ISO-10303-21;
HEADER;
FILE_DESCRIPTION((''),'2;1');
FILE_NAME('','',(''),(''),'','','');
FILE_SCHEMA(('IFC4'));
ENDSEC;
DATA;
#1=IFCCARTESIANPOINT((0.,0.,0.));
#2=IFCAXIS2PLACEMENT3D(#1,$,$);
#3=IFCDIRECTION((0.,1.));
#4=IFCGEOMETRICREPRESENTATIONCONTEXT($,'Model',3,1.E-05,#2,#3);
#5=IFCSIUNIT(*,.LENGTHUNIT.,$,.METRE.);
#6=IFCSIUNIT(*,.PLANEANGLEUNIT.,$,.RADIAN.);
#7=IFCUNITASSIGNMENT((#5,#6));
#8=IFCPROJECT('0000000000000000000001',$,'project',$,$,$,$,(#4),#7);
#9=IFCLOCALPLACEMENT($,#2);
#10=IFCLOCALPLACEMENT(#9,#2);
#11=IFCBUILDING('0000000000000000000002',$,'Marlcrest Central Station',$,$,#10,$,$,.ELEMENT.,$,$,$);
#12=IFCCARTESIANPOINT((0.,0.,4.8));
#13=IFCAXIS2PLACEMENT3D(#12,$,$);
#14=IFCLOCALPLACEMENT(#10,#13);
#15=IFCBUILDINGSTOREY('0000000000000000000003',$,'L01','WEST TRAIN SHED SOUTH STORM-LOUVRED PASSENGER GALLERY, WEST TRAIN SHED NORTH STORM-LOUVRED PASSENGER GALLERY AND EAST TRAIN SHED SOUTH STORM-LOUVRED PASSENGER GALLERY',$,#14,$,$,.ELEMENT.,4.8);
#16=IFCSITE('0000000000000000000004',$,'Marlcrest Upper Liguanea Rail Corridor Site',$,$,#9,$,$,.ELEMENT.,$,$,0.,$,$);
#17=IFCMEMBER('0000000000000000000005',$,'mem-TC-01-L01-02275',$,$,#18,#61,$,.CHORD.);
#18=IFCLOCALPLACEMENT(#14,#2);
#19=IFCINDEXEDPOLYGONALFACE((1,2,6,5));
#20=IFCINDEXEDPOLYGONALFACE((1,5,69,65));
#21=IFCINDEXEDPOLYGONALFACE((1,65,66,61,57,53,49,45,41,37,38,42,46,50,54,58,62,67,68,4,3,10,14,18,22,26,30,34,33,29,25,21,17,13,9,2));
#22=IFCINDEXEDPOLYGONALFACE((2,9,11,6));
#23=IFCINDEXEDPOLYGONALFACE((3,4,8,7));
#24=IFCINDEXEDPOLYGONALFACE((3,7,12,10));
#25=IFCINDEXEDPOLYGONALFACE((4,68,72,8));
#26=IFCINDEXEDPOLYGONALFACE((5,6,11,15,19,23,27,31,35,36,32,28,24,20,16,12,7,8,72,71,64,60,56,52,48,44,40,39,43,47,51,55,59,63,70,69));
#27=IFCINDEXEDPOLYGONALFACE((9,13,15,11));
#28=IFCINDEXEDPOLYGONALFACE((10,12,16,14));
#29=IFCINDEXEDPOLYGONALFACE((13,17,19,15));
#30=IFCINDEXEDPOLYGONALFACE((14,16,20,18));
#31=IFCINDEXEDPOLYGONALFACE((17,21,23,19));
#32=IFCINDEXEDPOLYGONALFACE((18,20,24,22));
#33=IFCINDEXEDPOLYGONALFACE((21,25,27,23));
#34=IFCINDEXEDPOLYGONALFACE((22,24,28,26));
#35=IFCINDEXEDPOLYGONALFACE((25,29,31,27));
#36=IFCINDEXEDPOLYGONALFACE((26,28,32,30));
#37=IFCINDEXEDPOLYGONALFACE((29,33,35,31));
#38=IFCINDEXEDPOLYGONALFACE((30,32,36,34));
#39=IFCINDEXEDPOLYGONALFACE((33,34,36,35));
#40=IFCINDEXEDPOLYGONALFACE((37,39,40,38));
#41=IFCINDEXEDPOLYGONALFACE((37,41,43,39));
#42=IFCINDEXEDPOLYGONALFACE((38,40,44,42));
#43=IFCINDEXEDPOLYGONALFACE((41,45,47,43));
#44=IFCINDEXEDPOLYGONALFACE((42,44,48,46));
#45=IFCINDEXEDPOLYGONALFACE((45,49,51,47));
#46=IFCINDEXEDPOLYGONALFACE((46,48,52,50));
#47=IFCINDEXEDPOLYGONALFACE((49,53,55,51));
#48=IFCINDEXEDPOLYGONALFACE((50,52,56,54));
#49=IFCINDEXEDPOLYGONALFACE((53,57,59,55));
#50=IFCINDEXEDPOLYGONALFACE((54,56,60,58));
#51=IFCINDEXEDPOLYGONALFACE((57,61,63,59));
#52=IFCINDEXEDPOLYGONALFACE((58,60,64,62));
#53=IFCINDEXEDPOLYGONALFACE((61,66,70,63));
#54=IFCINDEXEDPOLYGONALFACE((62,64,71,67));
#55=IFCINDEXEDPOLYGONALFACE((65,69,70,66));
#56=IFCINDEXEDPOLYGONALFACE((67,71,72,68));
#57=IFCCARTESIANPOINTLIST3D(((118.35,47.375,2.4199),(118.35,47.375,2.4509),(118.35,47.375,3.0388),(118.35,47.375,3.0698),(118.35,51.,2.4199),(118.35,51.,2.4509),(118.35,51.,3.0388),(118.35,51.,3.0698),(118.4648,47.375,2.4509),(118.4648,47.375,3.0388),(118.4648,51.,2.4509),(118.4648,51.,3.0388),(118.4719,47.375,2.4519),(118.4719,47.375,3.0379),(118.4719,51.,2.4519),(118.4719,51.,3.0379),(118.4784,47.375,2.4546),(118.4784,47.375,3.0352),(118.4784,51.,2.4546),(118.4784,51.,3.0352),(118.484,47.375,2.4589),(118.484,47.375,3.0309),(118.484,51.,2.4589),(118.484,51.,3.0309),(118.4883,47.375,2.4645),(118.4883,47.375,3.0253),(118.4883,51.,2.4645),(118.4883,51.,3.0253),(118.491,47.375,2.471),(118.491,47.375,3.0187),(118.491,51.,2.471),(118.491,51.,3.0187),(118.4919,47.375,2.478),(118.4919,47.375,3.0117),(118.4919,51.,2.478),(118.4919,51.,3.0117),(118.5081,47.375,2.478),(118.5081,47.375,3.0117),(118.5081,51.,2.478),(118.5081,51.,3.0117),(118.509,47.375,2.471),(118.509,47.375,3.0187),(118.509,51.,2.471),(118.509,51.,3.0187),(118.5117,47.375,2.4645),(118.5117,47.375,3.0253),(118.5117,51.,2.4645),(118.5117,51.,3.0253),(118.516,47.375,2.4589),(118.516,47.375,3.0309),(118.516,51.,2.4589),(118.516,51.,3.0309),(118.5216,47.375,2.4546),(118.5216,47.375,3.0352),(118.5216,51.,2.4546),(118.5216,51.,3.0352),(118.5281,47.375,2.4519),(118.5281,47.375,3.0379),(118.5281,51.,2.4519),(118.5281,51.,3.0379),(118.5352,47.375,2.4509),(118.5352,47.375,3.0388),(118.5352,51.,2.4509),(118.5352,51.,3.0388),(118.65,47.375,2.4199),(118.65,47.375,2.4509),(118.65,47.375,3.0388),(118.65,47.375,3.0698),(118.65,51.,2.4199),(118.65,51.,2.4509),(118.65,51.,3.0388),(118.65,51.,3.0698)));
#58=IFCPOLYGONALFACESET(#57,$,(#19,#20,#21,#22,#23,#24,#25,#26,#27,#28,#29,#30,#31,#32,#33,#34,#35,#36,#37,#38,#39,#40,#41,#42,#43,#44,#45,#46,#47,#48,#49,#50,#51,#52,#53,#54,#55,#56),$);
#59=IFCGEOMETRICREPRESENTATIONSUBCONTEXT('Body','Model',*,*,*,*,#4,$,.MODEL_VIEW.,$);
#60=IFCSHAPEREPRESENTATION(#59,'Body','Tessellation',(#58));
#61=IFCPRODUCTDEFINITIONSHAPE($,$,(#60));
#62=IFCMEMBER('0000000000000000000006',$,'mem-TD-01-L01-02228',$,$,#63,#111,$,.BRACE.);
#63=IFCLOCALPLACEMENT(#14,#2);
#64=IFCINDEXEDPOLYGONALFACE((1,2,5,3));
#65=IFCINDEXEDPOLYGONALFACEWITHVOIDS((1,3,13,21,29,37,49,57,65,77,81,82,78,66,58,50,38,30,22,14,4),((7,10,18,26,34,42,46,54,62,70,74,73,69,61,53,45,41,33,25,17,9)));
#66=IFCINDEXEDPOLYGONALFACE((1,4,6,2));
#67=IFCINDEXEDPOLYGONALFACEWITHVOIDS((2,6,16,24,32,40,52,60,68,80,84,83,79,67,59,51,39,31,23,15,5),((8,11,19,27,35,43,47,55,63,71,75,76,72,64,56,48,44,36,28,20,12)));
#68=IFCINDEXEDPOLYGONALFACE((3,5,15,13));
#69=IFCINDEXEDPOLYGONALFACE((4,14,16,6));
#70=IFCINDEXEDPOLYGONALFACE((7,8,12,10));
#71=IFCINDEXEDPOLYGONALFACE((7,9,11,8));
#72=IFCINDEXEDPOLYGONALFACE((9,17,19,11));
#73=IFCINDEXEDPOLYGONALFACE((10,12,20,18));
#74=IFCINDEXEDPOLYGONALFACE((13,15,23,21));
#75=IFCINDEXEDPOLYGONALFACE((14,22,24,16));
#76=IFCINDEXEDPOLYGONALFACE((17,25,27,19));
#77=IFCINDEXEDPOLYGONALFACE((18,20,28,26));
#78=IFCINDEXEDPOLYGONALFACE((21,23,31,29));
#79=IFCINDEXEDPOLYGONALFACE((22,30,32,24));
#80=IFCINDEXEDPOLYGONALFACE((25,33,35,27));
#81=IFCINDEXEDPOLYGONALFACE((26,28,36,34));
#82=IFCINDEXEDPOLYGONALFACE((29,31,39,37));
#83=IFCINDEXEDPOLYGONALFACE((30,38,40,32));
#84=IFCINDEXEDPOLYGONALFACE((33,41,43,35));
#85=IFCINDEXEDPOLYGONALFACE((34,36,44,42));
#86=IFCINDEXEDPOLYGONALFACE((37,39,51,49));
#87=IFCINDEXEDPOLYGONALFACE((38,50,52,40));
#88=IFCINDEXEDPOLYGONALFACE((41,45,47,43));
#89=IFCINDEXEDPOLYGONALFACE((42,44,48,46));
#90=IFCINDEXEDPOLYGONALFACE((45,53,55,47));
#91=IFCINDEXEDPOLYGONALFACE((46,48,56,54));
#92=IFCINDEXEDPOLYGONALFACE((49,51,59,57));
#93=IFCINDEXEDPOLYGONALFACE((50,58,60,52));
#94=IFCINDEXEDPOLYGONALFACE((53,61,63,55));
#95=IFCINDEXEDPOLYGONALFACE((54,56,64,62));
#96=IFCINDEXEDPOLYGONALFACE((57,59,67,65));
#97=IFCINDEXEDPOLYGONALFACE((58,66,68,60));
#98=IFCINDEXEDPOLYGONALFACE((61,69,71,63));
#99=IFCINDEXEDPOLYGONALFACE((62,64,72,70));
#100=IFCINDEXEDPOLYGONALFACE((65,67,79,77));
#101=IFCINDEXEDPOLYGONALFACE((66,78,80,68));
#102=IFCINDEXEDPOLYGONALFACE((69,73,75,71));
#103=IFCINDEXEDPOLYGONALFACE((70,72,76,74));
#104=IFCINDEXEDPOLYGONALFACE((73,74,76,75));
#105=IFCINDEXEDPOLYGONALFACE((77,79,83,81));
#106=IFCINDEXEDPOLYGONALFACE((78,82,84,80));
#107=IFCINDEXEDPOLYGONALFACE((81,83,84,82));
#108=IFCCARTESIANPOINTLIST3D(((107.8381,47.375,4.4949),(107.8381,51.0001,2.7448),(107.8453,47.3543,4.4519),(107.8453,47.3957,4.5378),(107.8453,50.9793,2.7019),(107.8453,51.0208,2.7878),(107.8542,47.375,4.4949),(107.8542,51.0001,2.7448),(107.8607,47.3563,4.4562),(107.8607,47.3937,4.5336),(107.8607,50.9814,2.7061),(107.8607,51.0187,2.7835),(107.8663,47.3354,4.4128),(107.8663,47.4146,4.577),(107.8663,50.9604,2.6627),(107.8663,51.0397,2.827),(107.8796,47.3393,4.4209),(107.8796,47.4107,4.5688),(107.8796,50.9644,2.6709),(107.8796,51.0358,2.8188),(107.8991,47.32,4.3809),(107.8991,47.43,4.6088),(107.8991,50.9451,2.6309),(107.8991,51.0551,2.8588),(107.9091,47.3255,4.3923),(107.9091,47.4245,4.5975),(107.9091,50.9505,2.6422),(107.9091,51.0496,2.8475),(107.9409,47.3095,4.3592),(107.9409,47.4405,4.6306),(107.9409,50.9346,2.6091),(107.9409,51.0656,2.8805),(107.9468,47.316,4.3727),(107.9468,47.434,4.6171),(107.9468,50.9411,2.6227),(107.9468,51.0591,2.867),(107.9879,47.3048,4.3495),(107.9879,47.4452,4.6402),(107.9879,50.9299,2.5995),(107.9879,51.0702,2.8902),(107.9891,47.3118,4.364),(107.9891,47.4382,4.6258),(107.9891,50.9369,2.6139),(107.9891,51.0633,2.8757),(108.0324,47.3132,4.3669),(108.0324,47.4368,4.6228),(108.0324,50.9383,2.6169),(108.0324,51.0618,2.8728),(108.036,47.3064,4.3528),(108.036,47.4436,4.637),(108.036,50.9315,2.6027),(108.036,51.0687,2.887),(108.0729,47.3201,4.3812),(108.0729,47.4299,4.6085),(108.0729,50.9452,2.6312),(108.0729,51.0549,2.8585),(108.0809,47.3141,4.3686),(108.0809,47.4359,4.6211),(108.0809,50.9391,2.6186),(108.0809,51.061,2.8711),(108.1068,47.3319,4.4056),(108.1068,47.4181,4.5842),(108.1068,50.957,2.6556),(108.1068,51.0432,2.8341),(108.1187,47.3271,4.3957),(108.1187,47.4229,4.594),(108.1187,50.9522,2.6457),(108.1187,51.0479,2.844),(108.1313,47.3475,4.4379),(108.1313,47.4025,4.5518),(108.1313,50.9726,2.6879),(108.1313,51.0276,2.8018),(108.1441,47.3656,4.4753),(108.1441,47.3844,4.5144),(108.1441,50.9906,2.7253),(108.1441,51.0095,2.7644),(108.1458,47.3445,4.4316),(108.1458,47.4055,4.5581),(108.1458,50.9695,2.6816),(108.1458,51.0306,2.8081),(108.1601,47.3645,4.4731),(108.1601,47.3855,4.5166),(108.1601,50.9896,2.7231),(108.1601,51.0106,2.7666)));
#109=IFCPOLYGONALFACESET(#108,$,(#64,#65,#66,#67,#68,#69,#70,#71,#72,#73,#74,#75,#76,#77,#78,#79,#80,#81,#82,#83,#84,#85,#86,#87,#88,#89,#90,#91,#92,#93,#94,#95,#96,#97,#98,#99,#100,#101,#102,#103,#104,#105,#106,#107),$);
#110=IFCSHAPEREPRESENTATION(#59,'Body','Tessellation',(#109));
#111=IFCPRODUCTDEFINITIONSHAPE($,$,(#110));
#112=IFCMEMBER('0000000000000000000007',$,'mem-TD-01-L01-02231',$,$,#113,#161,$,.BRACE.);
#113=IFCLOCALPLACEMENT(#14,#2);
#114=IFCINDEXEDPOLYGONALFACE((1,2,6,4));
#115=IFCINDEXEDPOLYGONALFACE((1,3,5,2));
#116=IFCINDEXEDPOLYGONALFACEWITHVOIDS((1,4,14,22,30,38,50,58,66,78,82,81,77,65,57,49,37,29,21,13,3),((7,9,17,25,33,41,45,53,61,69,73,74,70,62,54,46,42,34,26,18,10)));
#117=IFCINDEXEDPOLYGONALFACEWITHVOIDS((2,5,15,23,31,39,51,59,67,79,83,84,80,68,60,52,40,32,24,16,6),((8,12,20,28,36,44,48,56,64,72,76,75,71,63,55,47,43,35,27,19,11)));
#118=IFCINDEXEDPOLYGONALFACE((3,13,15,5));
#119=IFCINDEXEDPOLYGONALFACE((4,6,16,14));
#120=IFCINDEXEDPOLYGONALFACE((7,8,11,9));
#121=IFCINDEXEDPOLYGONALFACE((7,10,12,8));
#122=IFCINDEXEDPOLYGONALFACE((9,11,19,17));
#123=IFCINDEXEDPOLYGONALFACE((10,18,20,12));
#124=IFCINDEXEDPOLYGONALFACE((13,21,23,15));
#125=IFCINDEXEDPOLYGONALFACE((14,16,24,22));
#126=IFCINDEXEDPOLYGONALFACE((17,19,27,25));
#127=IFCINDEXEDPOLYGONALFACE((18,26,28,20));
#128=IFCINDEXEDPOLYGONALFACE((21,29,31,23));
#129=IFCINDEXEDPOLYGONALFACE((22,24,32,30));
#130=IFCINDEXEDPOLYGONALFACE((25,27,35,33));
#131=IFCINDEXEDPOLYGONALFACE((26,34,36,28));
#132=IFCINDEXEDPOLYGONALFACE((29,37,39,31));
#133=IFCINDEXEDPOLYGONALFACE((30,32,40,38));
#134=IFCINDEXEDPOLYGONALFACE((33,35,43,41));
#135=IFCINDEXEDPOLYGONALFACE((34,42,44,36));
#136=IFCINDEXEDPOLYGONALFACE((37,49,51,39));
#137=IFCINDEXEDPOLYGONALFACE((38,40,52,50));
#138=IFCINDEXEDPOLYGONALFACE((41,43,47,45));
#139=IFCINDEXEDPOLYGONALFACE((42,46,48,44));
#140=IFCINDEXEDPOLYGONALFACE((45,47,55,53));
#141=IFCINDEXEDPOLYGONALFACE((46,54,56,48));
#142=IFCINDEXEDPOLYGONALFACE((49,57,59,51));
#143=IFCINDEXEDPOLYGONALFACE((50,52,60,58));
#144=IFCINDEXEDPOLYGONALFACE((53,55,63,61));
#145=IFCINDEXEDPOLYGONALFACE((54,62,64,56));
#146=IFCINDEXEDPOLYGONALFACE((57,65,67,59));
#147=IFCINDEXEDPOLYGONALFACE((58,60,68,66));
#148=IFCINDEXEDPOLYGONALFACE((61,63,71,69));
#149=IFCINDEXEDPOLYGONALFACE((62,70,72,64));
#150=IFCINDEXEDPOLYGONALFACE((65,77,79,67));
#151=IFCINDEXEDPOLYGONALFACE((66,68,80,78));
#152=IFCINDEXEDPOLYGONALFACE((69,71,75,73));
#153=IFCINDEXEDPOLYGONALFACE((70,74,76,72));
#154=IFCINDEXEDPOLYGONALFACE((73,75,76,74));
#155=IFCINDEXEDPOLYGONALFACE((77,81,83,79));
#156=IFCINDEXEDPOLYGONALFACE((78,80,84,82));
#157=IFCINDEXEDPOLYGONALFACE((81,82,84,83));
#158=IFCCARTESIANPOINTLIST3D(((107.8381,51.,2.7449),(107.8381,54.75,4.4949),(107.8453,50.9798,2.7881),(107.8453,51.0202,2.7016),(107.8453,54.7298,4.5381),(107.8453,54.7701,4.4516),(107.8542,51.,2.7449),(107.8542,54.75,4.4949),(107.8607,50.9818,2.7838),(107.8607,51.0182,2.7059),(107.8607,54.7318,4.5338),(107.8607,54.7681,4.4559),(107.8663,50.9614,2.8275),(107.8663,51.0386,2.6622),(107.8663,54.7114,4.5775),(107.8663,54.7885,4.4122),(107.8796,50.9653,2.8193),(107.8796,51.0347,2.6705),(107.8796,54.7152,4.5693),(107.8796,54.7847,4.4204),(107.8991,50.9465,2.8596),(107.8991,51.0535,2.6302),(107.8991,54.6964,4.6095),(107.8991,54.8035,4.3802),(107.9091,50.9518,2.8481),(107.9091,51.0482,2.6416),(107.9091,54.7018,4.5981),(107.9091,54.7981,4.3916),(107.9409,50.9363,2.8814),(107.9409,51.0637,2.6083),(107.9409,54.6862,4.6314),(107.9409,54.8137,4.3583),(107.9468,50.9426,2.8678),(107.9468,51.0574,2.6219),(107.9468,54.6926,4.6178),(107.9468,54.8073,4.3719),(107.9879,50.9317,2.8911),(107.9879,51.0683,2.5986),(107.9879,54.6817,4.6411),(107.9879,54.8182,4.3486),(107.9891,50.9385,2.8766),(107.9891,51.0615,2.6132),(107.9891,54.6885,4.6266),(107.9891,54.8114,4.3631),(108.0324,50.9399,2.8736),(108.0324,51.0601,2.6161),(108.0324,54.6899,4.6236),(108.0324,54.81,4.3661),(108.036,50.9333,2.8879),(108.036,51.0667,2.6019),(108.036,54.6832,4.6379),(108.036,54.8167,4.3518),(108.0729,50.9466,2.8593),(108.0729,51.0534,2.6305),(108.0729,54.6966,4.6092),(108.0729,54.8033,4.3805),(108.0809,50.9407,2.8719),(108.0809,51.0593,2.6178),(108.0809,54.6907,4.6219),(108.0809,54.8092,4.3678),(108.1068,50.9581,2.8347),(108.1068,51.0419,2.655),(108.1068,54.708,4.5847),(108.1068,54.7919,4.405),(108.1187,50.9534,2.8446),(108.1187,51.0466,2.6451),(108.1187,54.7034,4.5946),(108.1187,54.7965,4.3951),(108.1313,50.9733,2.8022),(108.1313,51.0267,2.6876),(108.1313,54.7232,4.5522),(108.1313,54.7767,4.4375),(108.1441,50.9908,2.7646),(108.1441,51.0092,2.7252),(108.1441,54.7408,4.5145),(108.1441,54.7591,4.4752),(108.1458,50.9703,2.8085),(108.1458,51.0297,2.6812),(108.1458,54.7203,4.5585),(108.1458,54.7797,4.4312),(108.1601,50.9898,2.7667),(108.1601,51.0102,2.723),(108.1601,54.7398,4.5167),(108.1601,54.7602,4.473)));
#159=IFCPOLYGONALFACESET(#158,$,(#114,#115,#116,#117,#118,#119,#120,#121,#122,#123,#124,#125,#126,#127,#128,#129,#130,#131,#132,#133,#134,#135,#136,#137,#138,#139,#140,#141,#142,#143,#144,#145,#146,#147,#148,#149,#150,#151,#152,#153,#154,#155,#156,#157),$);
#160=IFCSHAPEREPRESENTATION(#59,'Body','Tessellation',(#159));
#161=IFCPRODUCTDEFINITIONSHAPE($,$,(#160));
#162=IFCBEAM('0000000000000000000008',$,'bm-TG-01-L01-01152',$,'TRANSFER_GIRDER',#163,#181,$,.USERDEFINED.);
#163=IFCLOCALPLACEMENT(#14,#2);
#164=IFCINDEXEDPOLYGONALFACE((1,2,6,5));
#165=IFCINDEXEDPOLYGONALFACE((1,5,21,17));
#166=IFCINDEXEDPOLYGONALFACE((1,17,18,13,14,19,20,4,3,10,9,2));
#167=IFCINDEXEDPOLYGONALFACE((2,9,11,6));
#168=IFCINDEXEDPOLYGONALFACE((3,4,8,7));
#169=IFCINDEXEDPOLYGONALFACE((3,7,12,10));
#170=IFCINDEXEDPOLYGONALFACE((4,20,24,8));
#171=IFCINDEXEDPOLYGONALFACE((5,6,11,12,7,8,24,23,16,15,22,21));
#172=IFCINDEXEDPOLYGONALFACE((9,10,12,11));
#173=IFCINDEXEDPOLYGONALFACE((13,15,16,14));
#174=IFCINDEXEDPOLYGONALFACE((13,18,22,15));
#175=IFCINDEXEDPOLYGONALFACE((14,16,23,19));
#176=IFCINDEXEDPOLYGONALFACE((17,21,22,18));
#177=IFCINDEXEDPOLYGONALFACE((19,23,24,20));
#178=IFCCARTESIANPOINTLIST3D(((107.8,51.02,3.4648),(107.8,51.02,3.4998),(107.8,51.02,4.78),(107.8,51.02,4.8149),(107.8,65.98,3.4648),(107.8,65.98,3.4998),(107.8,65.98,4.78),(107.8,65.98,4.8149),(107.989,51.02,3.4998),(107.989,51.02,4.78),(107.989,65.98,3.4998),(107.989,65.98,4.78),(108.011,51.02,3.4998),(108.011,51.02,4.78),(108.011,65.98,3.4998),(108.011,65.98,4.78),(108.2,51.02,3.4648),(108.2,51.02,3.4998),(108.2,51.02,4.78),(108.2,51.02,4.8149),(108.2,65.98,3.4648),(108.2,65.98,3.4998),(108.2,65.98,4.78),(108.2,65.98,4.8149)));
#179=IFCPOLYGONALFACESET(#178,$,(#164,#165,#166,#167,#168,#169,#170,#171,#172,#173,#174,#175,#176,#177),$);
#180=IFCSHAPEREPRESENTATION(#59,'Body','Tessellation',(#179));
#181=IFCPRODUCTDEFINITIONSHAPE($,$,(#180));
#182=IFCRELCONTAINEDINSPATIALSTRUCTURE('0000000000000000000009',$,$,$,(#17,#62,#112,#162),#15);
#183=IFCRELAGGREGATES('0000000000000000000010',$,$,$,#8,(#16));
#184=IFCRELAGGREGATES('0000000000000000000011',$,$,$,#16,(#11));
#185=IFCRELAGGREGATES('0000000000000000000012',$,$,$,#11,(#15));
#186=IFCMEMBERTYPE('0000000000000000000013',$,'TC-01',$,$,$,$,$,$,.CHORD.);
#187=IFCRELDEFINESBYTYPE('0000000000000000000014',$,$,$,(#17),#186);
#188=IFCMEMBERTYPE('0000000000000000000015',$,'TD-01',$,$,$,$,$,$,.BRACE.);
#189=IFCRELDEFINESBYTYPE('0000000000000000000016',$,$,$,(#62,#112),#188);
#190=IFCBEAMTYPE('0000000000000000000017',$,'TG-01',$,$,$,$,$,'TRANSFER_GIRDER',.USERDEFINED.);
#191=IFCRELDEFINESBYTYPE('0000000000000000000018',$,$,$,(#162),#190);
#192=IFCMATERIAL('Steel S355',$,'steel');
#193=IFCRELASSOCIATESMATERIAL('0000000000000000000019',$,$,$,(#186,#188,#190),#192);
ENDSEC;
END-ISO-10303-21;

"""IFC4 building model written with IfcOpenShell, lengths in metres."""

from ifc_helpers import new_model, si_unit, direction, frame, origin, origin_2d, place, context, subcontext, project, spatial, hollow_circle, i_section, extrude, material, material_profile, profile_set, type_object, element, save


model = new_model("IFC4")

# Units and contexts
model_context = context("Model", 3, precision=1e-05, world=origin(), true_north=direction((0.0, 1.0)))
body_context = subcontext(model_context, "Body", "Model", "MODEL_VIEW")
ifc_project = project(units=[si_unit("LENGTHUNIT", "METRE"), si_unit("PLANEANGLEUNIT", "RADIAN")], contexts=[model_context])

# Site, building, storey
site_placement = place(None, origin())
site = spatial("IfcSite", under=ifc_project, at=site_placement, Name="Marlcrest Upper Liguanea Rail Corridor Site", CompositionType="ELEMENT", RefElevation=0.0)
building_placement = place(site_placement, origin())
building = spatial("IfcBuilding", under=site, at=building_placement, Name="Marlcrest Central Station", CompositionType="ELEMENT")
storey_placement = place(building_placement, frame((0.0, 0.0, 4.8)))
storey = spatial("IfcBuildingStorey", under=building, at=storey_placement, Name="L01", Description="WEST TRAIN SHED SOUTH STORM-LOUVRED PASSENGER GALLERY, WEST TRAIN SHED NORTH STORM-LOUVRED PASSENGER GALLERY AND EAST TRAIN SHED SOUTH STORM-LOUVRED PASSENGER GALLERY", CompositionType="ELEMENT", Elevation=4.8)

# Shared definitions
ifc_material = material(Name="Steel S355", Category="steel")

# Members
ifc_material_profile_1 = material_profile(ifc_material, i_section(OverallWidth=0.3, OverallDepth=0.6499, WebThickness=0.0161, FlangeThickness=0.031, FilletRadius=0.0271, at=origin_2d()), Name="HEB 650")
ifc_profile_set_1 = profile_set([ifc_material_profile_1], Name="Steel S355")
member_type_1 = type_object("IfcMemberType", Name="TC-01", PredefinedType="CHORD", material=ifc_profile_set_1)
member_1_placement = place(storey_placement, frame((118.5, 47.375, 2.7449), z_axis=(0.0, 1.0, 0.0), x_axis=(-1.0, 0.0, 0.0)))
element("IfcMember", 1, at=member_1_placement, inside=storey, type_object=member_type_1, Name="mem-TC-01-L01-02275", PredefinedType="CHORD", context=body_context, shape_type="SweptSolid", body=[
    extrude(i_section(OverallWidth=0.3, OverallDepth=0.6499, WebThickness=0.0161, FlangeThickness=0.031, FilletRadius=0.0271, at=origin_2d()), origin(), (0.0, 0.0, 1.0), 3.625),
])
ifc_material_profile_2 = material_profile(ifc_material, hollow_circle(Radius=0.1619, WallThickness=0.0161, at=origin_2d()), Name="CHS 323.9x16")
ifc_profile_set_2 = profile_set([ifc_material_profile_2], Name="Steel S355")
member_type_2 = type_object("IfcMemberType", Name="TD-01", PredefinedType="BRACE", material=ifc_profile_set_2)
member_2_placement = place(storey_placement, frame((108.0, 47.375, 4.4949), z_axis=(0.0, 0.900552, -0.434749), x_axis=(-1.0, 0.0, 0.0)))
element("IfcMember", 2, at=member_2_placement, inside=storey, type_object=member_type_2, Name="mem-TD-01-L01-02228", PredefinedType="BRACE", context=body_context, shape_type="SweptSolid", body=[
    extrude(hollow_circle(Radius=0.1619, WallThickness=0.0161, at=origin_2d()), origin(), (0.0, 0.0, 1.0), 4.0254),
])
member_3_placement = place(storey_placement, frame((108.0, 51.0, 2.7449), z_axis=(0.0, 0.906183, 0.422885), x_axis=(-1.0, 0.0, 0.0)))
element("IfcMember", 3, at=member_3_placement, inside=storey, type_object=member_type_2, Name="mem-TD-01-L01-02231", PredefinedType="BRACE", context=body_context, shape_type="SweptSolid", body=[
    extrude(hollow_circle(Radius=0.1619, WallThickness=0.0161, at=origin_2d()), origin(), (0.0, 0.0, 1.0), 4.1382),
])

# Beam
ifc_material_profile_3 = material_profile(ifc_material, i_section(OverallWidth=0.3999, OverallDepth=1.3501, WebThickness=0.022, FlangeThickness=0.0349, at=origin_2d()), Name="PG 1350x400")
ifc_profile_set_3 = profile_set([ifc_material_profile_3], Name="Steel S355")
beam_type_1 = type_object("IfcBeamType", Name="TG-01", ElementType="TRANSFER_GIRDER", PredefinedType="USERDEFINED", material=ifc_profile_set_3)
beam_1_placement = place(storey_placement, frame((108.0, 51.02, 4.1399), z_axis=(0.0, 1.0, 0.0), x_axis=(-1.0, 0.0, 0.0)))
element("IfcBeam", 4, at=beam_1_placement, inside=storey, type_object=beam_type_1, Name="bm-TG-01-L01-01152", ObjectType="TRANSFER_GIRDER", PredefinedType="USERDEFINED", context=body_context, shape_type="SweptSolid", body=[
    extrude(i_section(OverallWidth=0.3999, OverallDepth=1.3501, WebThickness=0.022, FlangeThickness=0.0349, at=origin_2d()), origin(), (0.0, 0.0, 1.0), 14.96),
])

save(model, "model.ifc")
